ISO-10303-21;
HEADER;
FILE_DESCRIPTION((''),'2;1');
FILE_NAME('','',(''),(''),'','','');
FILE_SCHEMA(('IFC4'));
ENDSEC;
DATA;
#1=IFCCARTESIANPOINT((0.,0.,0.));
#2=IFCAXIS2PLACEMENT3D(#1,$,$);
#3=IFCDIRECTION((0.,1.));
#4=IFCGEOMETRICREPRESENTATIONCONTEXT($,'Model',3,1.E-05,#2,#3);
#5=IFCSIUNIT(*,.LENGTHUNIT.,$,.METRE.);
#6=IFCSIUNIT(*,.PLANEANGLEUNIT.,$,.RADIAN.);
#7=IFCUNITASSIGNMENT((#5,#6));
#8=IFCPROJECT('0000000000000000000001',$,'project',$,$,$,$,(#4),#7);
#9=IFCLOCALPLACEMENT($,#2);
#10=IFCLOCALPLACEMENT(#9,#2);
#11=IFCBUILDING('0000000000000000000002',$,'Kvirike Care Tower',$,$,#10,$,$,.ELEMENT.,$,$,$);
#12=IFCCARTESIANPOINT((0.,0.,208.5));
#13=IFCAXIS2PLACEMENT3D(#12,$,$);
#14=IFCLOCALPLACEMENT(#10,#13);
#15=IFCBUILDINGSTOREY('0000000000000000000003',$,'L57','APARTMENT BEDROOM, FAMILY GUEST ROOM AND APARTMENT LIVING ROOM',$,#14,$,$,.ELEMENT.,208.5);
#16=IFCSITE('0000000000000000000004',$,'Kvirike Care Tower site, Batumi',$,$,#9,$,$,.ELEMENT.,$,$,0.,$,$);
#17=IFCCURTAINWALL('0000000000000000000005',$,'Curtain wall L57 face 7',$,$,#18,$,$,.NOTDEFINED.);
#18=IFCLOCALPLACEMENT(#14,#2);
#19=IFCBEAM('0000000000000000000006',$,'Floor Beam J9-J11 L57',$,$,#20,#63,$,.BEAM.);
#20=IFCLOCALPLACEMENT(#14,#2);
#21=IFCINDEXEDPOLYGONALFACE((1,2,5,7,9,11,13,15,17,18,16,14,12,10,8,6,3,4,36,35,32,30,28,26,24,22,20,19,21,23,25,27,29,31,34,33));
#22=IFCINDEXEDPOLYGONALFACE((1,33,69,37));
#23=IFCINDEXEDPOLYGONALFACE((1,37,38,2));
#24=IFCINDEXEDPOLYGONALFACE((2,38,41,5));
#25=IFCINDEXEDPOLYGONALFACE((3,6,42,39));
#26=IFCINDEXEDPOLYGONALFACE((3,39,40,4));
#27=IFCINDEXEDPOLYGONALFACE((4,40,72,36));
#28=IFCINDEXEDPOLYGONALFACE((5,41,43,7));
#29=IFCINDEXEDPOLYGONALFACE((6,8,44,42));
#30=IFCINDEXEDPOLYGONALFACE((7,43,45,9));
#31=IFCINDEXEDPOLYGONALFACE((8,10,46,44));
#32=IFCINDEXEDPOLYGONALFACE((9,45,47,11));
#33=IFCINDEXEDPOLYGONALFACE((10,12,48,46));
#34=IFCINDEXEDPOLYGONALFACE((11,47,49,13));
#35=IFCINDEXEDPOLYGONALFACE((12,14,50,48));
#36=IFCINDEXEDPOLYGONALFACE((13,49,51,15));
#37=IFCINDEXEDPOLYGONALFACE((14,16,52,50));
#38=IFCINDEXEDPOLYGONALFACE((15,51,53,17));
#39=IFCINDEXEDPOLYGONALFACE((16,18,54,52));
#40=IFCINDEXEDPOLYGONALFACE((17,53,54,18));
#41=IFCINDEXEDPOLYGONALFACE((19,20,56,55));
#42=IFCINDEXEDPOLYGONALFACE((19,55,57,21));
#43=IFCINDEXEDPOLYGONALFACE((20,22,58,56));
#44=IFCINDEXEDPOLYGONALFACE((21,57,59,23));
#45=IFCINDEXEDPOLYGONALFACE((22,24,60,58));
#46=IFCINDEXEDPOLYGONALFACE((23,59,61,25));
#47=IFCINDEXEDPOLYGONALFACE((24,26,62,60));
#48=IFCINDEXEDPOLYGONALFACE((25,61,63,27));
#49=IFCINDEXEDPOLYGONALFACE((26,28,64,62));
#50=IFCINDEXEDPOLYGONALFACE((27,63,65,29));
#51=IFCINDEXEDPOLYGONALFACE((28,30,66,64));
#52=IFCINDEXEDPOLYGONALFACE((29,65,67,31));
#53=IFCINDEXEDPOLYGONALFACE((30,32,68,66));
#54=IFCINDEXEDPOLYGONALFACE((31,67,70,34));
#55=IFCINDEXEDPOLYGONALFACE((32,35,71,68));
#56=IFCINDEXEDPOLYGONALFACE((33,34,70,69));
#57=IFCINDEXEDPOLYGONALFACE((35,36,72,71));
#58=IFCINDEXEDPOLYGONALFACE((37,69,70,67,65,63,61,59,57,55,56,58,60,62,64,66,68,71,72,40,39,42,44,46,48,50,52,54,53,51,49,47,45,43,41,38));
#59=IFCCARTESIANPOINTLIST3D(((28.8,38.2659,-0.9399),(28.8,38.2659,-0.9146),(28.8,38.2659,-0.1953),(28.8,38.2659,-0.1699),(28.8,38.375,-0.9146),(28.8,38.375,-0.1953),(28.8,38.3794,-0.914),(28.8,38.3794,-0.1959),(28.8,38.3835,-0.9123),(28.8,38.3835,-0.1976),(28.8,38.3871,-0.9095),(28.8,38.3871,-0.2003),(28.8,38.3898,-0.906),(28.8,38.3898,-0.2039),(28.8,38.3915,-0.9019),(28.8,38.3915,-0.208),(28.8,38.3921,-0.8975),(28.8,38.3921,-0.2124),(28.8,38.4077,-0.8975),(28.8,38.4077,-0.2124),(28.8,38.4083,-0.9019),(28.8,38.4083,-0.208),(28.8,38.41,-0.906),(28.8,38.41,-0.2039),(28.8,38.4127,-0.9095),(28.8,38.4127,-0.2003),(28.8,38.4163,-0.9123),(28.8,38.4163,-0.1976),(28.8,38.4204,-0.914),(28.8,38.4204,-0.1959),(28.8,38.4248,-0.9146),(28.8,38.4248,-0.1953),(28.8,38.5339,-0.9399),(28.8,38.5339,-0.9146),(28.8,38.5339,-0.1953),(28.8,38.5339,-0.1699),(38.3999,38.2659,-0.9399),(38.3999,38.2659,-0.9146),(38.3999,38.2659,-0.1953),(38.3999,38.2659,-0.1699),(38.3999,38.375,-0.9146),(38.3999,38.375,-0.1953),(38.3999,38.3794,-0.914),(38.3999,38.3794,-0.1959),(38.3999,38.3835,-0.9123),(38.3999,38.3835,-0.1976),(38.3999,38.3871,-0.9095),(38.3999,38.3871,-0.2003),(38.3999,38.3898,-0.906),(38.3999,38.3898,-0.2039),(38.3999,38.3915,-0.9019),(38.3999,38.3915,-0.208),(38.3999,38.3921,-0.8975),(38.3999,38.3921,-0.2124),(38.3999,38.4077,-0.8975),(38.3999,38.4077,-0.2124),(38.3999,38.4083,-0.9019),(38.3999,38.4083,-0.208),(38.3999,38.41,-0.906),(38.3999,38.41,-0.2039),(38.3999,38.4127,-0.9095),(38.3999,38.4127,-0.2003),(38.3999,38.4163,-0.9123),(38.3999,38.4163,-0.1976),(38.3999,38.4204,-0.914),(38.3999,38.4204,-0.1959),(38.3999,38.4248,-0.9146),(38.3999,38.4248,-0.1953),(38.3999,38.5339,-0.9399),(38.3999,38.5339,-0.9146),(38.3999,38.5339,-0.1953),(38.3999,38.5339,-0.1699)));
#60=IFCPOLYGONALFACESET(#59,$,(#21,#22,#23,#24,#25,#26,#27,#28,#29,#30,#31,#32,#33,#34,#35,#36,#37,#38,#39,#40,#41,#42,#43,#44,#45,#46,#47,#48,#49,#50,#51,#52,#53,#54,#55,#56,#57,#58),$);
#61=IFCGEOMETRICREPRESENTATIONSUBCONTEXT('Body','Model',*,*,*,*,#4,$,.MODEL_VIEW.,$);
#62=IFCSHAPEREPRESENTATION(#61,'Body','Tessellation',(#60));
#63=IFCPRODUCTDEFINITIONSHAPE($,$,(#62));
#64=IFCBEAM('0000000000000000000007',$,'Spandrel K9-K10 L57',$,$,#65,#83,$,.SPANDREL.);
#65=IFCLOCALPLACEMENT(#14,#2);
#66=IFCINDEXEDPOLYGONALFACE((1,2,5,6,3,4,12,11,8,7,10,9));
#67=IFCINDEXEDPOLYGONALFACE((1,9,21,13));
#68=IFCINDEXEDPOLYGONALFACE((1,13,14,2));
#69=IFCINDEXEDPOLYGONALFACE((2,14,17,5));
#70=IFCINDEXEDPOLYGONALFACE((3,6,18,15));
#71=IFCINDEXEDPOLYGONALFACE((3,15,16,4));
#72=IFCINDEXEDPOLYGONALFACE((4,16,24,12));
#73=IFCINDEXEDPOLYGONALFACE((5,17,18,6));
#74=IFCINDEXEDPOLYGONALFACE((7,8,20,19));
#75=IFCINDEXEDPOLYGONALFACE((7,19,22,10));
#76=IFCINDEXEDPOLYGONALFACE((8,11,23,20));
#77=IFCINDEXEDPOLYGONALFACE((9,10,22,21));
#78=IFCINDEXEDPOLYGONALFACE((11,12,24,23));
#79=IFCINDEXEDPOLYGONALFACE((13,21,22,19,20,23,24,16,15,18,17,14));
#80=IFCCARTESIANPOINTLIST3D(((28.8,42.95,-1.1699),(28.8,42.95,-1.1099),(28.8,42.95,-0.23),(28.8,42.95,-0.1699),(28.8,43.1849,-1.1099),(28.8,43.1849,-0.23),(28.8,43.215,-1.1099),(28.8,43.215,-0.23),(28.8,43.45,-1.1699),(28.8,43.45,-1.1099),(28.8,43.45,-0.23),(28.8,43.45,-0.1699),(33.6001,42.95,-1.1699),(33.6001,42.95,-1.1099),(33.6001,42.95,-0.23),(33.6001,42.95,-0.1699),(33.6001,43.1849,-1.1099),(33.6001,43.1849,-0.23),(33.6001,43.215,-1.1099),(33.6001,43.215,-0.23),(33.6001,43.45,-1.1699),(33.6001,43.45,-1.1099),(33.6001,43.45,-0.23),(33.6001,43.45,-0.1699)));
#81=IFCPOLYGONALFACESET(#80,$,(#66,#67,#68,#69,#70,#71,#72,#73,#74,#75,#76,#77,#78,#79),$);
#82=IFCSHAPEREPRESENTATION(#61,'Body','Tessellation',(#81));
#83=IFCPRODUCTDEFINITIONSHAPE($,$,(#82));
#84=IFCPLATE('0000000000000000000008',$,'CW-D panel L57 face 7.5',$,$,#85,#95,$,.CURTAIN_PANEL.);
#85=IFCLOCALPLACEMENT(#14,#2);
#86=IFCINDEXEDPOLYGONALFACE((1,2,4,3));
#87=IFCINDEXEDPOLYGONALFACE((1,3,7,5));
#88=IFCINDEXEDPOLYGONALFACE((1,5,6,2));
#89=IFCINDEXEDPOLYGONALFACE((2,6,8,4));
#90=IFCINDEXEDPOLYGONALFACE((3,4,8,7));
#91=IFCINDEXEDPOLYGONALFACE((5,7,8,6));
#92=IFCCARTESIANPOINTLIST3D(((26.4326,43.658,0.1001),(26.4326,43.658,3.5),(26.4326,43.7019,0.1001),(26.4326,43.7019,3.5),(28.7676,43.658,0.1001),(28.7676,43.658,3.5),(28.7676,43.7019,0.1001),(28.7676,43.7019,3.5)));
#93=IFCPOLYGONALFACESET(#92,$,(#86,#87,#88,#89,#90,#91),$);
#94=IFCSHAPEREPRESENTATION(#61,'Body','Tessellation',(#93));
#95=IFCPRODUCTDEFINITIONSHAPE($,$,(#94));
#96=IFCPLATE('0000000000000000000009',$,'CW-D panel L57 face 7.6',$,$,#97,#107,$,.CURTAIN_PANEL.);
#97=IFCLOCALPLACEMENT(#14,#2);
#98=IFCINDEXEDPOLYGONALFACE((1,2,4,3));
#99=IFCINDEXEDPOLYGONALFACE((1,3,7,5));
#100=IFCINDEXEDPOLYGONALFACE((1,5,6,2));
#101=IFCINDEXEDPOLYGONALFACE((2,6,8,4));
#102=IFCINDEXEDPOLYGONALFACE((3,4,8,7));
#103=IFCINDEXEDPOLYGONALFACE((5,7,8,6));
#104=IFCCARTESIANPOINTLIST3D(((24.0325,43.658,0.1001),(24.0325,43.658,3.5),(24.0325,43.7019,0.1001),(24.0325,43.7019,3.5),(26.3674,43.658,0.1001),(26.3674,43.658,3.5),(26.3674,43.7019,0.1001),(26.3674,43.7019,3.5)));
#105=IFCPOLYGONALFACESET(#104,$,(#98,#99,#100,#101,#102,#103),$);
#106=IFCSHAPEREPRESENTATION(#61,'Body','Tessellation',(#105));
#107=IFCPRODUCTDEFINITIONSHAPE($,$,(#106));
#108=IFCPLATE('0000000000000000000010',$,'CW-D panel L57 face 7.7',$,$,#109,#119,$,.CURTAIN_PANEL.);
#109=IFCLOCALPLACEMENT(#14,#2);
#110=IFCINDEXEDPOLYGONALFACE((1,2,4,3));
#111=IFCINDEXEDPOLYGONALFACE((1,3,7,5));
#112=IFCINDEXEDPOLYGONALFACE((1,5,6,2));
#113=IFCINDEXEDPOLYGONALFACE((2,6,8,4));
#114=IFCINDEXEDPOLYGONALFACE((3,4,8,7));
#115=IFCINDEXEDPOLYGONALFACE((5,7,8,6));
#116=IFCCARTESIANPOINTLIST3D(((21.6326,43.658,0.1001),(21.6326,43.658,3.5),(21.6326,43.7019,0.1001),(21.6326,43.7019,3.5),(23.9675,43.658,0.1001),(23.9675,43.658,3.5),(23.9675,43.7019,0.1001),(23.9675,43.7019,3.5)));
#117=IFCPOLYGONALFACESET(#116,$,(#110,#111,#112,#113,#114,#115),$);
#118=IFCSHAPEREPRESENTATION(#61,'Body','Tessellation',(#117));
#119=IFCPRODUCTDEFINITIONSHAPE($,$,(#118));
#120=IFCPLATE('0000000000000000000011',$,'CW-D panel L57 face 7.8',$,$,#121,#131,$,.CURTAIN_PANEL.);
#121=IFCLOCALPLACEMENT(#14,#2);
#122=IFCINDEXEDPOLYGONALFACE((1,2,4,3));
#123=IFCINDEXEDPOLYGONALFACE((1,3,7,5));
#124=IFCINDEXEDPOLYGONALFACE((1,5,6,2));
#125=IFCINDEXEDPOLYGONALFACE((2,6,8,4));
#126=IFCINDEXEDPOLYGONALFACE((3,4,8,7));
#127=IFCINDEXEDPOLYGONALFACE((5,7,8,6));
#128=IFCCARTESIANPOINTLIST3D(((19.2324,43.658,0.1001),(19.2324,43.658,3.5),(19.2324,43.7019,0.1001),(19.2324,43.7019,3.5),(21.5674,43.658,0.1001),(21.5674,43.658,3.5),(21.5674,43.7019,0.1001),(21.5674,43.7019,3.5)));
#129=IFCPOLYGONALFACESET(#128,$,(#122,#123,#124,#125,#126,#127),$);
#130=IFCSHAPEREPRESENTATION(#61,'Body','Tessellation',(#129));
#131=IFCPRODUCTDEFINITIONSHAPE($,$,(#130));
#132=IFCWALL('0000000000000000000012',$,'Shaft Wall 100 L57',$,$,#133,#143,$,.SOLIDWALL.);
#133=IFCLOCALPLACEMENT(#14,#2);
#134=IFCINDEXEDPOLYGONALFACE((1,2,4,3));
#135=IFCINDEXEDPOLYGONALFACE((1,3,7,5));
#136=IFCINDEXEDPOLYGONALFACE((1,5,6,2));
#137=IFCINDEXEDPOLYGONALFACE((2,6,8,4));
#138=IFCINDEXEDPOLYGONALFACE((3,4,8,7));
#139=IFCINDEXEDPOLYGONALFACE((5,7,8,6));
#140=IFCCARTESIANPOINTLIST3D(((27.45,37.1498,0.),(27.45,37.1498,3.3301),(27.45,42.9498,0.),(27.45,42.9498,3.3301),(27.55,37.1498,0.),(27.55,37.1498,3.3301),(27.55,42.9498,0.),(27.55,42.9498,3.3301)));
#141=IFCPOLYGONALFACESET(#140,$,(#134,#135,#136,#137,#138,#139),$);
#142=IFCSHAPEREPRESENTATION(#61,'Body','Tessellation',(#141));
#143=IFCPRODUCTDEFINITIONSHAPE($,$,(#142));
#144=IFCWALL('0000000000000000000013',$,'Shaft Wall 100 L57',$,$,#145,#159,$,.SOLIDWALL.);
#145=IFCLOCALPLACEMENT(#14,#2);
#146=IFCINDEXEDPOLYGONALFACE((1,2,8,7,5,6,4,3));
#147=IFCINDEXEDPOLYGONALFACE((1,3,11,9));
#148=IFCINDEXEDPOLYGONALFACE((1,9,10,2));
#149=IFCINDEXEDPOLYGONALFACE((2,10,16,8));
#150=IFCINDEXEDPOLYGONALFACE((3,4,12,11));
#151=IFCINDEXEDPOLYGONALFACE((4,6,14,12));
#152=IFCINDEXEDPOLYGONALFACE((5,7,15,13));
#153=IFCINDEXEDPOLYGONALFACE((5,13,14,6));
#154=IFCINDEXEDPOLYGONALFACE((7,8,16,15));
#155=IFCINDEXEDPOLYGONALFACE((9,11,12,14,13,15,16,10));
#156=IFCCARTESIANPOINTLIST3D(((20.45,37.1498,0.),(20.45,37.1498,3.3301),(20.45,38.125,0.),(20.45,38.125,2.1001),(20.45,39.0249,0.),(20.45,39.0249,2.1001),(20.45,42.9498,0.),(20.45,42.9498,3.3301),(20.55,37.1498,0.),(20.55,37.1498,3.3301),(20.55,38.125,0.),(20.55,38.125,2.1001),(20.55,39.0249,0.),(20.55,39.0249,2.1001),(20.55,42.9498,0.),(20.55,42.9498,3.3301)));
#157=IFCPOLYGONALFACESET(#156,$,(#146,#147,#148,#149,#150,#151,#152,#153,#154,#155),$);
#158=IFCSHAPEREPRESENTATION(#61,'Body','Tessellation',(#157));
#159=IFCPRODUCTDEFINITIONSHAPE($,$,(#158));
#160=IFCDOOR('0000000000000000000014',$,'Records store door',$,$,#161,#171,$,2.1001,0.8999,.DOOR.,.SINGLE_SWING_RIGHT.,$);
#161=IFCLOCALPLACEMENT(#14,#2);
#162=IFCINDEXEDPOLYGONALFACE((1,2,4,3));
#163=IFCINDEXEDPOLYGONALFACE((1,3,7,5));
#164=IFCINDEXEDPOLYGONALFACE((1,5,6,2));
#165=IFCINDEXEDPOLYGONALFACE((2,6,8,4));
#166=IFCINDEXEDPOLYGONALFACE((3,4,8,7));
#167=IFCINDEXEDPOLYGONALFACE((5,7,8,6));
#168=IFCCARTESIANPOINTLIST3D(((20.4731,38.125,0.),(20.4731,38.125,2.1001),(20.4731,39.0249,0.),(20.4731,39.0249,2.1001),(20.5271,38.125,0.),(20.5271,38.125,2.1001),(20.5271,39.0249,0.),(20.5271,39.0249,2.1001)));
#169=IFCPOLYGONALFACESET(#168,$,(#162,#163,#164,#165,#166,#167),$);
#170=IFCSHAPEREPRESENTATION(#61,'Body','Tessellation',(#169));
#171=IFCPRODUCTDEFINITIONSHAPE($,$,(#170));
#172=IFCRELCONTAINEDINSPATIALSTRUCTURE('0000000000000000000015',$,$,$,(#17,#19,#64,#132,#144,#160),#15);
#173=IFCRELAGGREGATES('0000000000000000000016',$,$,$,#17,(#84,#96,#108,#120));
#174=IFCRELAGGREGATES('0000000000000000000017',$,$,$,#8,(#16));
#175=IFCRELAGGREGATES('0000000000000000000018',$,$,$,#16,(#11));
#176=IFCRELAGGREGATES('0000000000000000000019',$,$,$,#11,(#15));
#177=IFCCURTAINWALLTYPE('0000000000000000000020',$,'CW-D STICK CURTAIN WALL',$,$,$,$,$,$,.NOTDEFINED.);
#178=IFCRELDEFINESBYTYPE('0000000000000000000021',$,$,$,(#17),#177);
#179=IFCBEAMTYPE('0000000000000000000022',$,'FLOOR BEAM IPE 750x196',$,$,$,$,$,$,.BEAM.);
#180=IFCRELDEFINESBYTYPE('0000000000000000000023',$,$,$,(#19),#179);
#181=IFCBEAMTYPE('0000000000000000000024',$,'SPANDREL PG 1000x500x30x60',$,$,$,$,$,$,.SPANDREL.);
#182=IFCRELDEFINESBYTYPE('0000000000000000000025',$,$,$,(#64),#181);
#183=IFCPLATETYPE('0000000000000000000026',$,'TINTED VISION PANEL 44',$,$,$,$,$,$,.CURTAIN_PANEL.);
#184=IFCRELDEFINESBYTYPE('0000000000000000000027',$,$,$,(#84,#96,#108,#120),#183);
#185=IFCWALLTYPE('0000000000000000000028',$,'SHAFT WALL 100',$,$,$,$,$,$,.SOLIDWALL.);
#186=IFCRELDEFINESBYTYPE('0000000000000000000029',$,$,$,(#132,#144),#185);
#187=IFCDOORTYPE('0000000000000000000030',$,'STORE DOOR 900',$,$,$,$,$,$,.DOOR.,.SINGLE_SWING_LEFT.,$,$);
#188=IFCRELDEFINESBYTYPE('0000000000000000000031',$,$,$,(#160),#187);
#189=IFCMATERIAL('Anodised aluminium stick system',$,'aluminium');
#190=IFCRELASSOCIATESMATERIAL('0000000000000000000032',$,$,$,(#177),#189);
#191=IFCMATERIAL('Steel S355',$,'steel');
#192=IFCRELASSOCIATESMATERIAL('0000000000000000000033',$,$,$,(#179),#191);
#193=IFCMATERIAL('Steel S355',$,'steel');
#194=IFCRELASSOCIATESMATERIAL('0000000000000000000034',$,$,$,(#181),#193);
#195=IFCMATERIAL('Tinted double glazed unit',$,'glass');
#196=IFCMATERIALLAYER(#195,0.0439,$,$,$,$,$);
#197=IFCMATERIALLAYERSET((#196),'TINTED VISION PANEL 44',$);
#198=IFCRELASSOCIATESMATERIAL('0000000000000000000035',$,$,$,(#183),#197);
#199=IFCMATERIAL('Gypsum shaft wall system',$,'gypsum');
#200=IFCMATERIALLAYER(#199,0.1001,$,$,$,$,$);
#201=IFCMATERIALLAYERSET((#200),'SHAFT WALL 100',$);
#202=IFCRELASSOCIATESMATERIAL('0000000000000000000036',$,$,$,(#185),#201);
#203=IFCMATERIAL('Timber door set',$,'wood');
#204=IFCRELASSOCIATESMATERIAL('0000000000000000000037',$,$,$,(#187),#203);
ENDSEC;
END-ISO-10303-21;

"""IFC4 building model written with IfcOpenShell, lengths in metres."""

from ifc_helpers import new_model, si_unit, direction, frame, frame_2d, origin, origin_2d, place, context, subcontext, project, spatial, rectangle, i_section, extrude, material, layer, layer_set, material_profile, profile_set, type_object, element, fill, aggregate, save


model = new_model("IFC4")

# Units and contexts
model_context = context("Model", 3, precision=1e-05, world=origin(), true_north=direction((0.0, 1.0)))
body_context = subcontext(model_context, "Body", "Model", "MODEL_VIEW")
ifc_project = project(units=[si_unit("LENGTHUNIT", "METRE"), si_unit("PLANEANGLEUNIT", "RADIAN")], contexts=[model_context])

# Site, building, storey
site_placement = place(None, origin())
site = spatial("IfcSite", under=ifc_project, at=site_placement, Name="Kvirike Care Tower site, Batumi", CompositionType="ELEMENT", RefElevation=0.0)
building_placement = place(site_placement, origin())
building = spatial("IfcBuilding", under=site, at=building_placement, Name="Kvirike Care Tower", CompositionType="ELEMENT")
storey_placement = place(building_placement, frame((0.0, 0.0, 208.5)))
storey = spatial("IfcBuildingStorey", under=building, at=storey_placement, Name="L57", Description="APARTMENT BEDROOM, FAMILY GUEST ROOM AND APARTMENT LIVING ROOM", CompositionType="ELEMENT", Elevation=208.5)

# Curtain wall
ifc_material_1 = material(Name="Anodised aluminium stick system", Category="aluminium")
curtain_wall_type = type_object("IfcCurtainWallType", Name="CW-D STICK CURTAIN WALL", PredefinedType="NOTDEFINED", material=ifc_material_1)
curtain_wall_placement = place(storey_placement, origin())
curtain_wall = element("IfcCurtainWall", 1, at=curtain_wall_placement, inside=storey, type_object=curtain_wall_type, Name="Curtain wall L57 face 7", PredefinedType="NOTDEFINED")

# Beams
ifc_material_2 = material(Name="Steel S355", Category="steel")
ifc_material_profile_1 = material_profile(ifc_material_2, i_section(OverallWidth=0.2681, OverallDepth=0.77, WebThickness=0.0156, FlangeThickness=0.0254, FilletRadius=0.0171, at=origin_2d()), Name="IPE 750x196")
ifc_profile_set_1 = profile_set([ifc_material_profile_1], Name="Steel S355")
beam_type_1 = type_object("IfcBeamType", Name="FLOOR BEAM IPE 750x196", PredefinedType="BEAM", material=ifc_profile_set_1)
for number, where, z_axis, x_axis, name in (
    (2, (28.8, 38.3999, -0.5549), (1.0, 0.0, 0.0), (0.0, 1.0, 0.0), "Floor Beam J9-J11 L57"),
):
    element("IfcBeam", number, at=place(storey_placement, frame(where, z_axis=z_axis, x_axis=x_axis)), inside=storey, type_object=beam_type_1, Name=name, PredefinedType="BEAM", context=body_context, shape_type="SweptSolid", body=[
        extrude(i_section(OverallWidth=0.2681, OverallDepth=0.77, WebThickness=0.0156, FlangeThickness=0.0254, FilletRadius=0.0171, at=origin_2d()), origin(), (0.0, 0.0, 1.0), 9.5999),
    ])
ifc_material_3 = material(Name="Steel S355", Category="steel")
ifc_material_profile_2 = material_profile(ifc_material_3, i_section(OverallWidth=0.5, OverallDepth=1.0, WebThickness=0.03, FlangeThickness=0.0601, at=origin_2d()), Name="PG 1000x500x30x60")
ifc_profile_set_2 = profile_set([ifc_material_profile_2], Name="Steel S355")
beam_type_2 = type_object("IfcBeamType", Name="SPANDREL PG 1000x500x30x60", PredefinedType="SPANDREL", material=ifc_profile_set_2)
beam_placement = place(storey_placement, frame((28.8, 43.2, -0.6699), z_axis=(1.0, 0.0, 0.0), x_axis=(0.0, 1.0, 0.0)))
element("IfcBeam", 3, at=beam_placement, inside=storey, type_object=beam_type_2, Name="Spandrel K9-K10 L57", PredefinedType="SPANDREL", context=body_context, shape_type="SweptSolid", body=[
    extrude(i_section(OverallWidth=0.5, OverallDepth=1.0, WebThickness=0.03, FlangeThickness=0.0601, at=origin_2d()), origin(), (0.0, 0.0, 1.0), 4.8),
])

# Plates
ifc_material_4 = material(Name="Tinted double glazed unit", Category="glass")
ifc_layer_1 = layer(ifc_material_4, 0.0439)
ifc_layer_set_1 = layer_set([ifc_layer_1], Name="TINTED VISION PANEL 44")
plate_type = type_object("IfcPlateType", Name="TINTED VISION PANEL 44", PredefinedType="CURTAIN_PANEL", material=ifc_layer_set_1)
plate_1_placement = place(storey_placement, frame((27.6001, 43.6799, 0.1001), z_axis=(0.0, 0.0, 1.0), x_axis=(-1.0, 0.0, 0.0)))
plate_1 = element("IfcPlate", 4, at=plate_1_placement, type_object=plate_type, Name="CW-D panel L57 face 7.5", PredefinedType="CURTAIN_PANEL", context=body_context, shape_type="SweptSolid", body=[
    extrude(rectangle(XDim=2.335, YDim=0.0439, at=origin_2d()), origin(), (0.0, 0.0, 1.0), 3.3999),
])
plate_2_placement = place(storey_placement, frame((25.2, 43.6799, 0.1001), z_axis=(0.0, 0.0, 1.0), x_axis=(-1.0, 0.0, 0.0)))
plate_2 = element("IfcPlate", 5, at=plate_2_placement, type_object=plate_type, Name="CW-D panel L57 face 7.6", PredefinedType="CURTAIN_PANEL", context=body_context, shape_type="SweptSolid", body=[
    extrude(rectangle(XDim=2.335, YDim=0.0439, at=origin_2d()), origin(), (0.0, 0.0, 1.0), 3.3999),
])
plate_3_placement = place(storey_placement, frame((22.8, 43.6799, 0.1001), z_axis=(0.0, 0.0, 1.0), x_axis=(-1.0, 0.0, 0.0)))
plate_3 = element("IfcPlate", 6, at=plate_3_placement, type_object=plate_type, Name="CW-D panel L57 face 7.7", PredefinedType="CURTAIN_PANEL", context=body_context, shape_type="SweptSolid", body=[
    extrude(rectangle(XDim=2.335, YDim=0.0439, at=origin_2d()), origin(), (0.0, 0.0, 1.0), 3.3999),
])
plate_4_placement = place(storey_placement, frame((20.3999, 43.6799, 0.1001), z_axis=(0.0, 0.0, 1.0), x_axis=(-1.0, 0.0, 0.0)))
plate_4 = element("IfcPlate", 7, at=plate_4_placement, type_object=plate_type, Name="CW-D panel L57 face 7.8", PredefinedType="CURTAIN_PANEL", context=body_context, shape_type="SweptSolid", body=[
    extrude(rectangle(XDim=2.335, YDim=0.0439, at=origin_2d()), origin(), (0.0, 0.0, 1.0), 3.3999),
])
aggregate(curtain_wall, [plate_1, plate_2, plate_3, plate_4])

# Wall
ifc_material_5 = material(Name="Gypsum shaft wall system", Category="gypsum")
ifc_layer_2 = layer(ifc_material_5, 0.1001)
ifc_layer_set_2 = layer_set([ifc_layer_2], Name="SHAFT WALL 100")
wall_type = type_object("IfcWallType", Name="SHAFT WALL 100", PredefinedType="SOLIDWALL", material=ifc_layer_set_2)
wall_1_placement = place(storey_placement, frame((27.5, 37.1499, 0.0), z_axis=(0.0, 0.0, 1.0), x_axis=(0.0, 1.0, 0.0)))
element("IfcWall", 8, at=wall_1_placement, inside=storey, type_object=wall_type, Name="Shaft Wall 100 L57", PredefinedType="SOLIDWALL", context=body_context, shape_type="SweptSolid", body=[
    extrude(rectangle(XDim=5.8, YDim=0.1001, at=frame_2d((2.8999, 0.0))), origin(), (0.0, 0.0, 1.0), 3.3301),
])

# Wall, opening, door
wall_2_placement = place(storey_placement, frame((20.5, 37.1499, 0.0), z_axis=(0.0, 0.0, 1.0), x_axis=(0.0, 1.0, 0.0)))
wall_2 = element("IfcWall", 9, at=wall_2_placement, inside=storey, type_object=wall_type, Name="Shaft Wall 100 L57", PredefinedType="SOLIDWALL", context=body_context, shape_type="SweptSolid", body=[
    extrude(rectangle(XDim=5.8, YDim=0.1001, at=frame_2d((2.8999, 0.0))), origin(), (0.0, 0.0, 1.0), 3.3301),
])
opening_1_placement = place(wall_2_placement, frame((0.9751, 0.0, 0.0)))
opening_1 = element("IfcOpeningElement", 10, at=opening_1_placement, cuts=wall_2, PredefinedType="OPENING", context=body_context, shape_type="SweptSolid", body=[
    extrude(rectangle(XDim=0.8999, YDim=2.1001, at=frame_2d((0.45, 1.05))), frame((0.0, 0.0605, 0.0), z_axis=(0.0, -1.0, 0.0), x_axis=(1.0, 0.0, 0.0)), (0.0, 0.0, 1.0), 0.1211),
])
ifc_material_6 = material(Name="Timber door set", Category="wood")
door_type_1 = type_object("IfcDoorType", Name="STORE DOOR 900", OperationType="SINGLE_SWING_LEFT", PredefinedType="DOOR", material=ifc_material_6)
door_1_placement = place(opening_1_placement, origin())
door_1 = element("IfcDoor", 11, at=door_1_placement, inside=storey, type_object=door_type_1, Name="Records store door", OperationType="SINGLE_SWING_RIGHT", OverallHeight=2.1001, OverallWidth=0.8999, PredefinedType="DOOR", context=body_context, shape_type="SweptSolid", body=[
    extrude(rectangle(XDim=0.8999, YDim=2.1001, at=frame_2d((0.45, 1.05))), frame((0.0, 0.0269, 0.0), z_axis=(0.0, -1.0, 0.0), x_axis=(1.0, 0.0, 0.0)), (0.0, 0.0, 1.0), 0.054),
])
fill(opening_1, door_1)

save(model, "model.ifc")
